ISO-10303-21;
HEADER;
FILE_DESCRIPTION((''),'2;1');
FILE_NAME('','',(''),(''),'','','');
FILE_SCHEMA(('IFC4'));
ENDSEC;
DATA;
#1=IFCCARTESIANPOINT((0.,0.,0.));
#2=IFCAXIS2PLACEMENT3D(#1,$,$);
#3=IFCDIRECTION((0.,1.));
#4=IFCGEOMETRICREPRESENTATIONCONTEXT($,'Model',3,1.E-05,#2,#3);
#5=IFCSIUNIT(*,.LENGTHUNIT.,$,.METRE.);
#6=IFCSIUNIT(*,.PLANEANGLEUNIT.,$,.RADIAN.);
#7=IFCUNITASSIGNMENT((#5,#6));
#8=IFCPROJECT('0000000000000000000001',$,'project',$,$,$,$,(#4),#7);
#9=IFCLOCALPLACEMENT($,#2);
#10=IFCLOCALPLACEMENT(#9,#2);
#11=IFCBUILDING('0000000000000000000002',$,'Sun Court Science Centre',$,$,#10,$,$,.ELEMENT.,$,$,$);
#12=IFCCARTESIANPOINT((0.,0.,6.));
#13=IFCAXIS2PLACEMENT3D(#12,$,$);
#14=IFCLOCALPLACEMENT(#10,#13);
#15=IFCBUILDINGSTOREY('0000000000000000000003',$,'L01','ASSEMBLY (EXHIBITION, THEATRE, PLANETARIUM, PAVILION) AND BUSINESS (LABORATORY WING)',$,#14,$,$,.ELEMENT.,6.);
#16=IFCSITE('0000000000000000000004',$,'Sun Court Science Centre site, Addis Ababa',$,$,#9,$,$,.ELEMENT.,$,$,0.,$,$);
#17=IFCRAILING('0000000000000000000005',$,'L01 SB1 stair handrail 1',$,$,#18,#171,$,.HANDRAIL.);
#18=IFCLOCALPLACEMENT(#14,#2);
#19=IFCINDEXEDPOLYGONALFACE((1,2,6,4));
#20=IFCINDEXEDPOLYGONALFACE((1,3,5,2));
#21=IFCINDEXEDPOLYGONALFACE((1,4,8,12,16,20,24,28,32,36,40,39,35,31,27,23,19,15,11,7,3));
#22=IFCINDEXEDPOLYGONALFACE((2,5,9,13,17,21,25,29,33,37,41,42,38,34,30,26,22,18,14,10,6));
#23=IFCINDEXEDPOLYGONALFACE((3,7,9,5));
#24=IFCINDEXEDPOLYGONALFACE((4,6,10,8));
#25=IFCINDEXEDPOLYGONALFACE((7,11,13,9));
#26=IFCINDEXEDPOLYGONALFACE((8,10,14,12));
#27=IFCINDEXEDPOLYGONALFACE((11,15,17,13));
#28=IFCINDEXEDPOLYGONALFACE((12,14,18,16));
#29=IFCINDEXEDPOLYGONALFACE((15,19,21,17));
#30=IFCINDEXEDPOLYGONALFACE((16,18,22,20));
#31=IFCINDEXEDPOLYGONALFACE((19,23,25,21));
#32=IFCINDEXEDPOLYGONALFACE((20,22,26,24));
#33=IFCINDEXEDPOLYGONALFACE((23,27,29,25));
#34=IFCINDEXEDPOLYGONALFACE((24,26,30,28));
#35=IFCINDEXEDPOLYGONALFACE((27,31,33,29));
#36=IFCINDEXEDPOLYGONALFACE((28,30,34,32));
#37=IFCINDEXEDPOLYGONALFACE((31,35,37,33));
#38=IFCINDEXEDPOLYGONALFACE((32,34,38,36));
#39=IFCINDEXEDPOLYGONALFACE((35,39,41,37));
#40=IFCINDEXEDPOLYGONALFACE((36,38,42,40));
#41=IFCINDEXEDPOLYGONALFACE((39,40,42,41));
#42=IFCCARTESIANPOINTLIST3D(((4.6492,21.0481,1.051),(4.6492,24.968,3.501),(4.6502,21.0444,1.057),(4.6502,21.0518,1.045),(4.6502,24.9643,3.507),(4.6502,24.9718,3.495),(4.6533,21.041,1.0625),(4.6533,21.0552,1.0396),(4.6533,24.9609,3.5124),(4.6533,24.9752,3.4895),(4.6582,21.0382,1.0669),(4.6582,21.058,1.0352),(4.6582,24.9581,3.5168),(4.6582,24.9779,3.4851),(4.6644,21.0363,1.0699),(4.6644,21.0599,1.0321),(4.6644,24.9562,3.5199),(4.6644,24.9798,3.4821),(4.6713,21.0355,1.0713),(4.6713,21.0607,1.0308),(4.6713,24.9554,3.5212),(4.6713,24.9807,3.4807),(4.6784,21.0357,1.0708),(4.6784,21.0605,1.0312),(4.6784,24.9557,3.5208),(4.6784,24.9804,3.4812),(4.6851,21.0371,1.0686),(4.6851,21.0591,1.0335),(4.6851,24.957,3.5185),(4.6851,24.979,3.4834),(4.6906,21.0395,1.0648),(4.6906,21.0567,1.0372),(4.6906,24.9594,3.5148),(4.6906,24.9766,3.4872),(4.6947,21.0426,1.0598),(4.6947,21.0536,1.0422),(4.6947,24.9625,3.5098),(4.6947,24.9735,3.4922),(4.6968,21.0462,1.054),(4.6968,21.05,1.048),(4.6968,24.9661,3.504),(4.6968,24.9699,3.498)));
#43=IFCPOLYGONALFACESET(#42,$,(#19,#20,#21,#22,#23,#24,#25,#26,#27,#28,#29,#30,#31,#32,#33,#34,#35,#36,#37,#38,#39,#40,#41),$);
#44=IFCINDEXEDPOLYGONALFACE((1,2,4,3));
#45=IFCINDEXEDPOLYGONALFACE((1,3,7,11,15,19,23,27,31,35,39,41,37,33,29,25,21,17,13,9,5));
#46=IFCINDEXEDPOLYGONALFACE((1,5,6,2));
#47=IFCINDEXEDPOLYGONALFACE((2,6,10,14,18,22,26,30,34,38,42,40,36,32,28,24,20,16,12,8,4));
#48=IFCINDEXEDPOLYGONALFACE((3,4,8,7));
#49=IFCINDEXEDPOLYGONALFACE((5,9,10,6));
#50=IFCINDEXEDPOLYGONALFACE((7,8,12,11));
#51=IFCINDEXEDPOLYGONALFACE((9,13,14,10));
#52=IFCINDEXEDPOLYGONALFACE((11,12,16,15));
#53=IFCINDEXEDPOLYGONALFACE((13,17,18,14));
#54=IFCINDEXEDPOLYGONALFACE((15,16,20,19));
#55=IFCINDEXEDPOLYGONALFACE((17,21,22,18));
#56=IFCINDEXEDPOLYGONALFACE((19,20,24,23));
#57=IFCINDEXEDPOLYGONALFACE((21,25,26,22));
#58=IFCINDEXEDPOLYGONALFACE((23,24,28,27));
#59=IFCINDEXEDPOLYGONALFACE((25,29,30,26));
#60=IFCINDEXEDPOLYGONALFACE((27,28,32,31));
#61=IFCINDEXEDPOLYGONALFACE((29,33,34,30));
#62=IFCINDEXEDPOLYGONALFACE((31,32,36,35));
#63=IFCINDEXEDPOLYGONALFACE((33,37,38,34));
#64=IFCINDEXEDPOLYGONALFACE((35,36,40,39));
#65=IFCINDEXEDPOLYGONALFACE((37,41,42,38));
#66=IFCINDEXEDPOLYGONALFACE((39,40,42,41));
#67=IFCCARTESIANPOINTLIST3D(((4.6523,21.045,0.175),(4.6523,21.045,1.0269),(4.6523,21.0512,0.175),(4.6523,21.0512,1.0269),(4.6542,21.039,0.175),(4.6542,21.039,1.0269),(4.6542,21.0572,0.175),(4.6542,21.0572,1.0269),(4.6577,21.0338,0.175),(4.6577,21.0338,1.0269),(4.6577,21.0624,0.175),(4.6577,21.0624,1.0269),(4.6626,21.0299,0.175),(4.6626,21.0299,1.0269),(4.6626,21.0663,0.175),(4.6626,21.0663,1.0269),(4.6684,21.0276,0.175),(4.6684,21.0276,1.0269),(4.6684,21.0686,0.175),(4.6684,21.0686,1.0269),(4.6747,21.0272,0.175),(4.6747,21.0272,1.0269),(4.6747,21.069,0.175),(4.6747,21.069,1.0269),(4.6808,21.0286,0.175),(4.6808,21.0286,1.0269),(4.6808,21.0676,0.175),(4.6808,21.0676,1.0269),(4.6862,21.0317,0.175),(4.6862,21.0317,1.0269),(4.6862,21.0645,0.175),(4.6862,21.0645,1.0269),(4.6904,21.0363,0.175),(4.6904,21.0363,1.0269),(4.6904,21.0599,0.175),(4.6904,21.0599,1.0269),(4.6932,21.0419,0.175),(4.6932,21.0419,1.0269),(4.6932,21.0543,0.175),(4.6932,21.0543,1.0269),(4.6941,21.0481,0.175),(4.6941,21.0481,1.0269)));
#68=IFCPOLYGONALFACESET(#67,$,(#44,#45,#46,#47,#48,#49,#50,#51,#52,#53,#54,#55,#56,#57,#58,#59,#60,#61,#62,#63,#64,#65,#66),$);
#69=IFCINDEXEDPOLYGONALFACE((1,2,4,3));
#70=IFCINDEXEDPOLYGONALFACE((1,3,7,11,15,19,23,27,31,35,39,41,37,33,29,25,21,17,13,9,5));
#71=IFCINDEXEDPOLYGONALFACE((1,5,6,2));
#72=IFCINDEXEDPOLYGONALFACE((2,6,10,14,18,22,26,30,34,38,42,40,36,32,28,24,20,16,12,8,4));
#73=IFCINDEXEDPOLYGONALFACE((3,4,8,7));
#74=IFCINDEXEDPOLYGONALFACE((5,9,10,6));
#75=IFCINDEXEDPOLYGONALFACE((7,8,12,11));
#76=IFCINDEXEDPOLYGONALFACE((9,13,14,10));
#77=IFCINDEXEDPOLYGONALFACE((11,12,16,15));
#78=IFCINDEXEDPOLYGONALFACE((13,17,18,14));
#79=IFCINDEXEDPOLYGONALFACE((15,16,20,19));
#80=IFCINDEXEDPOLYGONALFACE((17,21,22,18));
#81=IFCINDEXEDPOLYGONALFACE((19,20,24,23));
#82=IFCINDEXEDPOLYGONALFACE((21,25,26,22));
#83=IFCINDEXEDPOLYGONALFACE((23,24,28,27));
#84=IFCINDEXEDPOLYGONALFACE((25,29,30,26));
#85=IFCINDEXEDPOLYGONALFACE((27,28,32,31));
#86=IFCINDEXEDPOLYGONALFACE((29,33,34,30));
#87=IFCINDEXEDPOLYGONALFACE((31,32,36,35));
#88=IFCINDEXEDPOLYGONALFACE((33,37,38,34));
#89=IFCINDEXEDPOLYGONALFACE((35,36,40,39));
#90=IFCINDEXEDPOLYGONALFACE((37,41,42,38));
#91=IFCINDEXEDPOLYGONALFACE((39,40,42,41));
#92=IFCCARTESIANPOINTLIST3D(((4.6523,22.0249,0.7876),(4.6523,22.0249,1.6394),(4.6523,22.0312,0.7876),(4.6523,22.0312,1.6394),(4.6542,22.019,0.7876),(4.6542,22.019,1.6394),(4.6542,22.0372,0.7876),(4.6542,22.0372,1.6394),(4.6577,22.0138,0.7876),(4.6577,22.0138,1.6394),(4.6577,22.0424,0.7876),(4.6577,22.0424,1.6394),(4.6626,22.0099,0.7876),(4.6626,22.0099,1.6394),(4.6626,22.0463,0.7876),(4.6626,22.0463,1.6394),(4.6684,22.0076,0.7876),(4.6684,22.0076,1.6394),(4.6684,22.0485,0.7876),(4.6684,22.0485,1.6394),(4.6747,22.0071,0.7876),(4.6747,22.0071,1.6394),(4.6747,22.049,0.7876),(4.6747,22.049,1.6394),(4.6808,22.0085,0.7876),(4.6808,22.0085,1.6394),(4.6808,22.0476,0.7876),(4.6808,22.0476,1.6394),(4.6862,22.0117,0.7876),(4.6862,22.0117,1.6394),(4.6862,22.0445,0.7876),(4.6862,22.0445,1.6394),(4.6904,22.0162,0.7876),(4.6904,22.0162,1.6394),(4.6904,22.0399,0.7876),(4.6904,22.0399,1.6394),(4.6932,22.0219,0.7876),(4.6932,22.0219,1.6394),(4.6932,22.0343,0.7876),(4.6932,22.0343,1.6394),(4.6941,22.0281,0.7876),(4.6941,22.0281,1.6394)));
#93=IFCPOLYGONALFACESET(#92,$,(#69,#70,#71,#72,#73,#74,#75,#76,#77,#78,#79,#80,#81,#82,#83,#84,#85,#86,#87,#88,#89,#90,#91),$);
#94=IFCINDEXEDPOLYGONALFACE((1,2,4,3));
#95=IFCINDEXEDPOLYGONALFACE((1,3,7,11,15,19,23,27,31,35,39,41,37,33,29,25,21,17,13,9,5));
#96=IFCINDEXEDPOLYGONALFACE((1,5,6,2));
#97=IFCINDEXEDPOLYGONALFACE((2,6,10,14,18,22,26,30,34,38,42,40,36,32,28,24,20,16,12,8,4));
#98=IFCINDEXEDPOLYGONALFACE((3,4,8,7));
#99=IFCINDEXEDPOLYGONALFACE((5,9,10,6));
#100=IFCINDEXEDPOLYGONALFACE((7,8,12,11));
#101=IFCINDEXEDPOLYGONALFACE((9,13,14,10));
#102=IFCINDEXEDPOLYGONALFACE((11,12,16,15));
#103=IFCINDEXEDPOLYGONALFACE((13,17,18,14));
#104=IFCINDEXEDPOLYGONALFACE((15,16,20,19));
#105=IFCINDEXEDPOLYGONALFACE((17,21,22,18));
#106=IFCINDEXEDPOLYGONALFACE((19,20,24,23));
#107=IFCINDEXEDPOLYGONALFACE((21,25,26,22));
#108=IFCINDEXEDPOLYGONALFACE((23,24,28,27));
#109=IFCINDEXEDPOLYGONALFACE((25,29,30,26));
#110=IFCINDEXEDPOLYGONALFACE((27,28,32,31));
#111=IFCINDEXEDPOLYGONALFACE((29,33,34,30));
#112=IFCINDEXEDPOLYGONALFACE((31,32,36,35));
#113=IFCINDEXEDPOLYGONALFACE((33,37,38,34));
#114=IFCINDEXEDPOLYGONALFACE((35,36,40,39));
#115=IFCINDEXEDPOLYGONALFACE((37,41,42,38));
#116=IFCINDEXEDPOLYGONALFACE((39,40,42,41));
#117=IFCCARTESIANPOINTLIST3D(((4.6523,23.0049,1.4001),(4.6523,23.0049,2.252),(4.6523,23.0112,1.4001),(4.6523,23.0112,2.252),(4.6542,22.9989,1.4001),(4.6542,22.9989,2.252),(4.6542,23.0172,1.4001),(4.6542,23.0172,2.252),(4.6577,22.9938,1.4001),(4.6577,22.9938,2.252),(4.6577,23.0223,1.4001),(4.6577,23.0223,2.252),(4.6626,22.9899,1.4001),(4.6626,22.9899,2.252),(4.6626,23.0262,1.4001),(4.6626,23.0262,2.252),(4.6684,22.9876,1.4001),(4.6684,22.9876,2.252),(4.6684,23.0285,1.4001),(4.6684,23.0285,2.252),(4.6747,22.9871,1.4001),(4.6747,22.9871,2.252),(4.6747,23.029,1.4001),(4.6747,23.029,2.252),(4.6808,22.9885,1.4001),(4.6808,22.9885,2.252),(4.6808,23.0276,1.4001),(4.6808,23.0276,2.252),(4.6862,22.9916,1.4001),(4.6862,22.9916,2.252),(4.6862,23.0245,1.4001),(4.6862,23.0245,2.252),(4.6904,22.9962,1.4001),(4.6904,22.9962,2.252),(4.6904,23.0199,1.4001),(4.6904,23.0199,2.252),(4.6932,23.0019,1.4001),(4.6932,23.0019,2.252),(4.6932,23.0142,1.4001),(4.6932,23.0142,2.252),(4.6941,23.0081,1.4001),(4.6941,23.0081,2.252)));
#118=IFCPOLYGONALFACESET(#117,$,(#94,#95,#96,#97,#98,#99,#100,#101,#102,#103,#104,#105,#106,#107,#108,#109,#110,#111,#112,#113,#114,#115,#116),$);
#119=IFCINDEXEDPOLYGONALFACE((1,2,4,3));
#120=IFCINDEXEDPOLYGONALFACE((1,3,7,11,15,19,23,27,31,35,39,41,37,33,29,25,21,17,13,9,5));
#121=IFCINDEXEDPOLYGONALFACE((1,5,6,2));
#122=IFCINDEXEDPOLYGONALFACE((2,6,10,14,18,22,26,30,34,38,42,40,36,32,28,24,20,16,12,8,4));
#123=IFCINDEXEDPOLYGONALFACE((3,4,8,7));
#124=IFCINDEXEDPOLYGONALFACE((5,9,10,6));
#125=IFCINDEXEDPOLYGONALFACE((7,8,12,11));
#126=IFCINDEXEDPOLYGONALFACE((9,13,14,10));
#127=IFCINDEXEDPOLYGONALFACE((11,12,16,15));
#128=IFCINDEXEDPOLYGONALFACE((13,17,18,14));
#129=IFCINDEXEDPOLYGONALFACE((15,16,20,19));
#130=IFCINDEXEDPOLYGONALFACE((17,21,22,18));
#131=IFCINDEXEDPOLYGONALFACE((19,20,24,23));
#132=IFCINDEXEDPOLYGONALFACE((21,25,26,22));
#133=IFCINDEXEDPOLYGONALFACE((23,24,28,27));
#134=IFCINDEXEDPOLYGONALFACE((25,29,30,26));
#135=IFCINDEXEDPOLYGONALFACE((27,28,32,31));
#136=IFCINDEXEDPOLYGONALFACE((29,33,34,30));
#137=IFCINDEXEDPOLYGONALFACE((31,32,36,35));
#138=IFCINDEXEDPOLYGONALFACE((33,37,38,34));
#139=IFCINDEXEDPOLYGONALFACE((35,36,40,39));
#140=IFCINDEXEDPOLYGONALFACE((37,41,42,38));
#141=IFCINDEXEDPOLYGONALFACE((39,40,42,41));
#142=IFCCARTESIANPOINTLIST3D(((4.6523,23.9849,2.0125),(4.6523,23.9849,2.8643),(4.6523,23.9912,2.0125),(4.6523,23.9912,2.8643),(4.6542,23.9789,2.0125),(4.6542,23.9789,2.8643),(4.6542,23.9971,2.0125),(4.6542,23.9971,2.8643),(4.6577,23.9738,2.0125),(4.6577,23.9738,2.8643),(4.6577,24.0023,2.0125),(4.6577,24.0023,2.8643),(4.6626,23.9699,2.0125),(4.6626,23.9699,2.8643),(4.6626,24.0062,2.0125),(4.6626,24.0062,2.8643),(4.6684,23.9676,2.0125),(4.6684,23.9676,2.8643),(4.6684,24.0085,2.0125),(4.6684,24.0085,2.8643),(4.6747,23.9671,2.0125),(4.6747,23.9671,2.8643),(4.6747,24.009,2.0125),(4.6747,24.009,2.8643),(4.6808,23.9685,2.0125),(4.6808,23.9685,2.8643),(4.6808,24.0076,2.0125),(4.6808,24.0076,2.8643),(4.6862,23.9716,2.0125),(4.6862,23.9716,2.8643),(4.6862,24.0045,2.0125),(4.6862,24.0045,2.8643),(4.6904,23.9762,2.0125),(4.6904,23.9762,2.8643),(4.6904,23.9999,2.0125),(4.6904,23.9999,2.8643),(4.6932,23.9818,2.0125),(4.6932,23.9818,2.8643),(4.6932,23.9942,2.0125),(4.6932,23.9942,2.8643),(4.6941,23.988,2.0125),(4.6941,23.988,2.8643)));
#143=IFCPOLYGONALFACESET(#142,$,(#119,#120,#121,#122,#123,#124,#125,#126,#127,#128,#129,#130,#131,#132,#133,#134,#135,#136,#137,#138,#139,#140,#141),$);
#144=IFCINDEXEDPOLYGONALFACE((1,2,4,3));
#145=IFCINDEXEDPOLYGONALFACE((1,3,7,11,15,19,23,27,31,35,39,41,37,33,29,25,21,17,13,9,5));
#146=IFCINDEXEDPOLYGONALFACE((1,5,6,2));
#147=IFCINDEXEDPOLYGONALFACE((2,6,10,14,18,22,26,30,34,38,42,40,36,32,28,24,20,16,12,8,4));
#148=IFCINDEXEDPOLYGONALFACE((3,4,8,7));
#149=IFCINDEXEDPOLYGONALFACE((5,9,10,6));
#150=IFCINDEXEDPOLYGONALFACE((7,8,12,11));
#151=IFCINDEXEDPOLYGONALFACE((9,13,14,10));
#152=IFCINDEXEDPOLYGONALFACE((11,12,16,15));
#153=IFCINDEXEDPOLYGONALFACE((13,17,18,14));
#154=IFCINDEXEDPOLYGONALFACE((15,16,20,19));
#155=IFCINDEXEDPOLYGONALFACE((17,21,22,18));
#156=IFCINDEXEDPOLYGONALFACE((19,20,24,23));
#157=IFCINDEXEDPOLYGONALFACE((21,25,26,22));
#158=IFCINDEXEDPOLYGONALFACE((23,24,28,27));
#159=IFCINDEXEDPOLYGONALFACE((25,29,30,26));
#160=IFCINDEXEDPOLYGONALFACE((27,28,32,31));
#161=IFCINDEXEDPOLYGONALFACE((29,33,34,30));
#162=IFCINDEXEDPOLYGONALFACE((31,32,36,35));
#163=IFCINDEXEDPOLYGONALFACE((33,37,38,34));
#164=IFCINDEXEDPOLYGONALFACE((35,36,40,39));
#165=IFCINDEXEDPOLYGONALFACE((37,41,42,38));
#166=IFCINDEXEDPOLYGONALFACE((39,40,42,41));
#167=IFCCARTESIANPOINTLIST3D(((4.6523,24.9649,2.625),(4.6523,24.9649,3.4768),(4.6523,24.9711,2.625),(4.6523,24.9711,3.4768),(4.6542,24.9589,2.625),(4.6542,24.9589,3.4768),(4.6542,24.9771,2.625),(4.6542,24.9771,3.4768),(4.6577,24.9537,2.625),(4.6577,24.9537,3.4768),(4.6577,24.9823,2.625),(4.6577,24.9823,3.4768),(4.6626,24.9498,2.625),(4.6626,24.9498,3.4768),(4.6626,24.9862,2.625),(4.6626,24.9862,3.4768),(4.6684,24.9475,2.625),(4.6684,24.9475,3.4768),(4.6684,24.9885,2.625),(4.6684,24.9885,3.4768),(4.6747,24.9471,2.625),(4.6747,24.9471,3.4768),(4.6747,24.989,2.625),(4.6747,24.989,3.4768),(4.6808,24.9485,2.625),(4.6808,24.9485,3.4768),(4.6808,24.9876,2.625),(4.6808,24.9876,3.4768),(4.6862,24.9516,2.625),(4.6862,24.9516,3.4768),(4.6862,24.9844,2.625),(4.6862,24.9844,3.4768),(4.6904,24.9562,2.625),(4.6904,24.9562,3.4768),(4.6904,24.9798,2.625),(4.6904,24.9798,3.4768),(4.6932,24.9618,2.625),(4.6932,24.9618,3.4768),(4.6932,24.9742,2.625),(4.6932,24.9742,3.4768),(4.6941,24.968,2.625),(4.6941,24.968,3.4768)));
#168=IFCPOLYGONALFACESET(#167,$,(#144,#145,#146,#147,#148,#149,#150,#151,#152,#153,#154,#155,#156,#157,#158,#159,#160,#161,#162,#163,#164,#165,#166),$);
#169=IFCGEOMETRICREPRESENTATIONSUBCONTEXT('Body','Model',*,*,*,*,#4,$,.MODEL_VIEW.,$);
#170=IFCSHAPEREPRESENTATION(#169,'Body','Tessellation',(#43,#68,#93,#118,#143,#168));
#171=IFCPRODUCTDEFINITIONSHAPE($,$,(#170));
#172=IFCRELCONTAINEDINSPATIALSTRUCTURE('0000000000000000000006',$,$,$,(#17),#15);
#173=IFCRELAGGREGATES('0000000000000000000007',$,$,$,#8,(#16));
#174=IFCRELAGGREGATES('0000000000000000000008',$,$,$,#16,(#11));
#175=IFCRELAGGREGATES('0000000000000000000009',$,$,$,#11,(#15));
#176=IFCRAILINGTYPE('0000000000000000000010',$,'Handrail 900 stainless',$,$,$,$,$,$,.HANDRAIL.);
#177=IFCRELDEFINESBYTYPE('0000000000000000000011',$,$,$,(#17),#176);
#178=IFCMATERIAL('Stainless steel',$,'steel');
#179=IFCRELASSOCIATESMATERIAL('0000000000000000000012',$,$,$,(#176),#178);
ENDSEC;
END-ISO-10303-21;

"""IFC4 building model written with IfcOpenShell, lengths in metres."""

from ifc_helpers import new_model, si_unit, direction, frame, origin, origin_2d, place, context, subcontext, project, spatial, circle, extrude, material, type_object, element, save


model = new_model("IFC4")

# Units and contexts
model_context = context("Model", 3, precision=1e-05, world=origin(), true_north=direction((0.0, 1.0)))
body_context = subcontext(model_context, "Body", "Model", "MODEL_VIEW")
ifc_project = project(units=[si_unit("LENGTHUNIT", "METRE"), si_unit("PLANEANGLEUNIT", "RADIAN")], contexts=[model_context])

# Site, building, storey
site_placement = place(None, origin())
site = spatial("IfcSite", under=ifc_project, at=site_placement, Name="Sun Court Science Centre site, Addis Ababa", CompositionType="ELEMENT", RefElevation=0.0)
building_placement = place(site_placement, origin())
building = spatial("IfcBuilding", under=site, at=building_placement, Name="Sun Court Science Centre", CompositionType="ELEMENT")
storey_placement = place(building_placement, frame((0.0, 0.0, 6.0)))
storey = spatial("IfcBuildingStorey", under=building, at=storey_placement, Name="L01", Description="ASSEMBLY (EXHIBITION, THEATRE, PLANETARIUM, PAVILION) AND BUSINESS (LABORATORY WING)", CompositionType="ELEMENT", Elevation=6.0)

# Railing
ifc_material_1 = material(Name="Stainless steel", Category="steel")
railing_type_1 = type_object("IfcRailingType", Name="Handrail 900 stainless", PredefinedType="HANDRAIL", material=ifc_material_1)
railing_1_placement = place(storey_placement, frame((4.6731, 21.0481, 0.175)))
element("IfcRailing", 1, at=railing_1_placement, inside=storey, type_object=railing_type_1, Name="L01 SB1 stair handrail 1", PredefinedType="HANDRAIL", context=body_context, shape_type="SweptSolid", body=[
    extrude(circle(Radius=0.0239, at=origin_2d()), frame((0.0, 0.0, 0.876), z_axis=(0.0, 0.847998, 0.529999), x_axis=(-1.0, 0.0, 0.0)), (0.0, 0.0, 1.0), 4.6226),
    extrude(circle(Radius=0.021, at=origin_2d()), origin(), (0.0, 0.0, 1.0), 0.8518),
    extrude(circle(Radius=0.021, at=origin_2d()), frame((0.0, 0.98, 0.6125)), (0.0, 0.0, 1.0), 0.8518),
    extrude(circle(Radius=0.021, at=origin_2d()), frame((0.0, 1.96, 1.2251)), (0.0, 0.0, 1.0), 0.8518),
    extrude(circle(Radius=0.021, at=origin_2d()), frame((0.0, 2.9399, 1.8374)), (0.0, 0.0, 1.0), 0.8518),
    extrude(circle(Radius=0.021, at=origin_2d()), frame((0.0, 3.9199, 2.45)), (0.0, 0.0, 1.0), 0.8518),
])

save(model, "model.ifc")
